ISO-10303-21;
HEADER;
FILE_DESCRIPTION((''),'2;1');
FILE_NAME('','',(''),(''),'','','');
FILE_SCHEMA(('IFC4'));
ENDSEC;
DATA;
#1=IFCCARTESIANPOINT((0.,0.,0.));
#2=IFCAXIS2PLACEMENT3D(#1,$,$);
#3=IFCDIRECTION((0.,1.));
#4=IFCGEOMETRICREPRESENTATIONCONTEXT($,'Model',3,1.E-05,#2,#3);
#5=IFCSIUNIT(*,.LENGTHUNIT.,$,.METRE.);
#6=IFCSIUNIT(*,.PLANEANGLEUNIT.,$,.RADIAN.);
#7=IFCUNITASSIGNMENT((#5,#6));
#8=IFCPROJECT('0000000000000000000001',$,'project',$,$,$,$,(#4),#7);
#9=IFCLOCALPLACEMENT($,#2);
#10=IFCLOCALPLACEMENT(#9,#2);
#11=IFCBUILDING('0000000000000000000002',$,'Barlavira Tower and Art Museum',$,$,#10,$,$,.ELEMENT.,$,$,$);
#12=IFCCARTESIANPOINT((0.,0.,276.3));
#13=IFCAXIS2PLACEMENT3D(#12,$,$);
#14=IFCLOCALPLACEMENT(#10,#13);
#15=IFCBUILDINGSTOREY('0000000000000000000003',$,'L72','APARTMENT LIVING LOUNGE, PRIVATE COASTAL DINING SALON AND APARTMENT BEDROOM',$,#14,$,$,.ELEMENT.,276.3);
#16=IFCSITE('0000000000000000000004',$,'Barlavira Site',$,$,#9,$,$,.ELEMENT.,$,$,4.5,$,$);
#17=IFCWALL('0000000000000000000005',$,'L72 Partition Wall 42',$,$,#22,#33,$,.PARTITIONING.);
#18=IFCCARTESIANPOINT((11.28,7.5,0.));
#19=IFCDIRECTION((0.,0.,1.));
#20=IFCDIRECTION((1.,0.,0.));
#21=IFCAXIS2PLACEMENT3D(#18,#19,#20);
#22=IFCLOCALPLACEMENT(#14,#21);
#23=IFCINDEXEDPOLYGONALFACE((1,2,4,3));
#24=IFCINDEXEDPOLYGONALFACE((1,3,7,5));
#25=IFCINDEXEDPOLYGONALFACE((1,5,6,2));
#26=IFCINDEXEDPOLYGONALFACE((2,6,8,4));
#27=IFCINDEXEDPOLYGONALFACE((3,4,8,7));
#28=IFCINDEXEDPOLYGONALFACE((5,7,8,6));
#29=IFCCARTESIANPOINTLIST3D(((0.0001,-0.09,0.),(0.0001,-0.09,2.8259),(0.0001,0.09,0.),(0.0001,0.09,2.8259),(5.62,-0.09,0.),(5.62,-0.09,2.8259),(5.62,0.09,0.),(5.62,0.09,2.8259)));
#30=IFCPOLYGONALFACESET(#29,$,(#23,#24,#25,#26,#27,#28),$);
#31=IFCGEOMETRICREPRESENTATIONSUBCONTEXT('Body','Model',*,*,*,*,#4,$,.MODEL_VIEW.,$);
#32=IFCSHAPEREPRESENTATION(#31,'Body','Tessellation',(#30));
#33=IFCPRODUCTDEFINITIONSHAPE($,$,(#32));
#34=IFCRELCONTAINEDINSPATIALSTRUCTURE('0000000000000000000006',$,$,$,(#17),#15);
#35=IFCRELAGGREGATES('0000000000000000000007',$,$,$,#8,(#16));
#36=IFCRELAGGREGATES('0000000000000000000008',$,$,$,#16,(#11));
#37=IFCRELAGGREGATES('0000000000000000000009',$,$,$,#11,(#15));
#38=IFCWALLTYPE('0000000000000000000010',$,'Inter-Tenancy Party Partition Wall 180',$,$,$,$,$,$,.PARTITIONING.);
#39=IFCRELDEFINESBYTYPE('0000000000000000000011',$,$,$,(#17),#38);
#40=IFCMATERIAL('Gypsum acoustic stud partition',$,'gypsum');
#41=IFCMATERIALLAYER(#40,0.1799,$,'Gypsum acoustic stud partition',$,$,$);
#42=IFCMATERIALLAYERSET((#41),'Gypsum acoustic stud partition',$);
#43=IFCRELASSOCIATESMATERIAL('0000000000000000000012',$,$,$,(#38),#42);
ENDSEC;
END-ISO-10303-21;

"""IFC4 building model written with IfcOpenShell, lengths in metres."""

from ifc_helpers import new_model, si_unit, direction, frame, frame_2d, origin, place, context, subcontext, project, spatial, rectangle, extrude, material, layer, layer_set, type_object, element, save


model = new_model("IFC4")

# Units and contexts
model_context = context("Model", 3, precision=1e-05, world=origin(), true_north=direction((0.0, 1.0)))
body_context = subcontext(model_context, "Body", "Model", "MODEL_VIEW")
ifc_project = project(units=[si_unit("LENGTHUNIT", "METRE"), si_unit("PLANEANGLEUNIT", "RADIAN")], contexts=[model_context])

# Site, building, storey
site_placement = place(None, origin())
site = spatial("IfcSite", under=ifc_project, at=site_placement, Name="Barlavira Site", CompositionType="ELEMENT", RefElevation=4.5)
building_placement = place(site_placement, origin())
building = spatial("IfcBuilding", under=site, at=building_placement, Name="Barlavira Tower and Art Museum", CompositionType="ELEMENT")
storey_placement = place(building_placement, frame((0.0, 0.0, 276.3)))
storey = spatial("IfcBuildingStorey", under=building, at=storey_placement, Name="L72", Description="APARTMENT LIVING LOUNGE, PRIVATE COASTAL DINING SALON AND APARTMENT BEDROOM", CompositionType="ELEMENT", Elevation=276.3)

# Shared definitions
ifc_material_1 = material(Name="Gypsum acoustic stud partition", Category="gypsum")

# Wall
ifc_layer_1 = layer(ifc_material_1, 0.1799, Name="Gypsum acoustic stud partition")
ifc_layer_set_1 = layer_set([ifc_layer_1], Name="Gypsum acoustic stud partition")
wall_type_1 = type_object("IfcWallType", Name="Inter-Tenancy Party Partition Wall 180", PredefinedType="PARTITIONING", material=ifc_layer_set_1)
wall_1_placement = place(storey_placement, frame((11.28, 7.5, 0.0), z_axis=(0.0, 0.0, 1.0), x_axis=(1.0, 0.0, 0.0)))
element("IfcWall", 1, at=wall_1_placement, inside=storey, type_object=wall_type_1, Name="L72 Partition Wall 42", PredefinedType="PARTITIONING", context=body_context, shape_type="SweptSolid", body=[
    extrude(rectangle(XDim=5.6199, YDim=0.1799, at=frame_2d((2.8101, 0.0))), origin(), (0.0, 0.0, 1.0), 2.8259),
])

save(model, "model.ifc")
